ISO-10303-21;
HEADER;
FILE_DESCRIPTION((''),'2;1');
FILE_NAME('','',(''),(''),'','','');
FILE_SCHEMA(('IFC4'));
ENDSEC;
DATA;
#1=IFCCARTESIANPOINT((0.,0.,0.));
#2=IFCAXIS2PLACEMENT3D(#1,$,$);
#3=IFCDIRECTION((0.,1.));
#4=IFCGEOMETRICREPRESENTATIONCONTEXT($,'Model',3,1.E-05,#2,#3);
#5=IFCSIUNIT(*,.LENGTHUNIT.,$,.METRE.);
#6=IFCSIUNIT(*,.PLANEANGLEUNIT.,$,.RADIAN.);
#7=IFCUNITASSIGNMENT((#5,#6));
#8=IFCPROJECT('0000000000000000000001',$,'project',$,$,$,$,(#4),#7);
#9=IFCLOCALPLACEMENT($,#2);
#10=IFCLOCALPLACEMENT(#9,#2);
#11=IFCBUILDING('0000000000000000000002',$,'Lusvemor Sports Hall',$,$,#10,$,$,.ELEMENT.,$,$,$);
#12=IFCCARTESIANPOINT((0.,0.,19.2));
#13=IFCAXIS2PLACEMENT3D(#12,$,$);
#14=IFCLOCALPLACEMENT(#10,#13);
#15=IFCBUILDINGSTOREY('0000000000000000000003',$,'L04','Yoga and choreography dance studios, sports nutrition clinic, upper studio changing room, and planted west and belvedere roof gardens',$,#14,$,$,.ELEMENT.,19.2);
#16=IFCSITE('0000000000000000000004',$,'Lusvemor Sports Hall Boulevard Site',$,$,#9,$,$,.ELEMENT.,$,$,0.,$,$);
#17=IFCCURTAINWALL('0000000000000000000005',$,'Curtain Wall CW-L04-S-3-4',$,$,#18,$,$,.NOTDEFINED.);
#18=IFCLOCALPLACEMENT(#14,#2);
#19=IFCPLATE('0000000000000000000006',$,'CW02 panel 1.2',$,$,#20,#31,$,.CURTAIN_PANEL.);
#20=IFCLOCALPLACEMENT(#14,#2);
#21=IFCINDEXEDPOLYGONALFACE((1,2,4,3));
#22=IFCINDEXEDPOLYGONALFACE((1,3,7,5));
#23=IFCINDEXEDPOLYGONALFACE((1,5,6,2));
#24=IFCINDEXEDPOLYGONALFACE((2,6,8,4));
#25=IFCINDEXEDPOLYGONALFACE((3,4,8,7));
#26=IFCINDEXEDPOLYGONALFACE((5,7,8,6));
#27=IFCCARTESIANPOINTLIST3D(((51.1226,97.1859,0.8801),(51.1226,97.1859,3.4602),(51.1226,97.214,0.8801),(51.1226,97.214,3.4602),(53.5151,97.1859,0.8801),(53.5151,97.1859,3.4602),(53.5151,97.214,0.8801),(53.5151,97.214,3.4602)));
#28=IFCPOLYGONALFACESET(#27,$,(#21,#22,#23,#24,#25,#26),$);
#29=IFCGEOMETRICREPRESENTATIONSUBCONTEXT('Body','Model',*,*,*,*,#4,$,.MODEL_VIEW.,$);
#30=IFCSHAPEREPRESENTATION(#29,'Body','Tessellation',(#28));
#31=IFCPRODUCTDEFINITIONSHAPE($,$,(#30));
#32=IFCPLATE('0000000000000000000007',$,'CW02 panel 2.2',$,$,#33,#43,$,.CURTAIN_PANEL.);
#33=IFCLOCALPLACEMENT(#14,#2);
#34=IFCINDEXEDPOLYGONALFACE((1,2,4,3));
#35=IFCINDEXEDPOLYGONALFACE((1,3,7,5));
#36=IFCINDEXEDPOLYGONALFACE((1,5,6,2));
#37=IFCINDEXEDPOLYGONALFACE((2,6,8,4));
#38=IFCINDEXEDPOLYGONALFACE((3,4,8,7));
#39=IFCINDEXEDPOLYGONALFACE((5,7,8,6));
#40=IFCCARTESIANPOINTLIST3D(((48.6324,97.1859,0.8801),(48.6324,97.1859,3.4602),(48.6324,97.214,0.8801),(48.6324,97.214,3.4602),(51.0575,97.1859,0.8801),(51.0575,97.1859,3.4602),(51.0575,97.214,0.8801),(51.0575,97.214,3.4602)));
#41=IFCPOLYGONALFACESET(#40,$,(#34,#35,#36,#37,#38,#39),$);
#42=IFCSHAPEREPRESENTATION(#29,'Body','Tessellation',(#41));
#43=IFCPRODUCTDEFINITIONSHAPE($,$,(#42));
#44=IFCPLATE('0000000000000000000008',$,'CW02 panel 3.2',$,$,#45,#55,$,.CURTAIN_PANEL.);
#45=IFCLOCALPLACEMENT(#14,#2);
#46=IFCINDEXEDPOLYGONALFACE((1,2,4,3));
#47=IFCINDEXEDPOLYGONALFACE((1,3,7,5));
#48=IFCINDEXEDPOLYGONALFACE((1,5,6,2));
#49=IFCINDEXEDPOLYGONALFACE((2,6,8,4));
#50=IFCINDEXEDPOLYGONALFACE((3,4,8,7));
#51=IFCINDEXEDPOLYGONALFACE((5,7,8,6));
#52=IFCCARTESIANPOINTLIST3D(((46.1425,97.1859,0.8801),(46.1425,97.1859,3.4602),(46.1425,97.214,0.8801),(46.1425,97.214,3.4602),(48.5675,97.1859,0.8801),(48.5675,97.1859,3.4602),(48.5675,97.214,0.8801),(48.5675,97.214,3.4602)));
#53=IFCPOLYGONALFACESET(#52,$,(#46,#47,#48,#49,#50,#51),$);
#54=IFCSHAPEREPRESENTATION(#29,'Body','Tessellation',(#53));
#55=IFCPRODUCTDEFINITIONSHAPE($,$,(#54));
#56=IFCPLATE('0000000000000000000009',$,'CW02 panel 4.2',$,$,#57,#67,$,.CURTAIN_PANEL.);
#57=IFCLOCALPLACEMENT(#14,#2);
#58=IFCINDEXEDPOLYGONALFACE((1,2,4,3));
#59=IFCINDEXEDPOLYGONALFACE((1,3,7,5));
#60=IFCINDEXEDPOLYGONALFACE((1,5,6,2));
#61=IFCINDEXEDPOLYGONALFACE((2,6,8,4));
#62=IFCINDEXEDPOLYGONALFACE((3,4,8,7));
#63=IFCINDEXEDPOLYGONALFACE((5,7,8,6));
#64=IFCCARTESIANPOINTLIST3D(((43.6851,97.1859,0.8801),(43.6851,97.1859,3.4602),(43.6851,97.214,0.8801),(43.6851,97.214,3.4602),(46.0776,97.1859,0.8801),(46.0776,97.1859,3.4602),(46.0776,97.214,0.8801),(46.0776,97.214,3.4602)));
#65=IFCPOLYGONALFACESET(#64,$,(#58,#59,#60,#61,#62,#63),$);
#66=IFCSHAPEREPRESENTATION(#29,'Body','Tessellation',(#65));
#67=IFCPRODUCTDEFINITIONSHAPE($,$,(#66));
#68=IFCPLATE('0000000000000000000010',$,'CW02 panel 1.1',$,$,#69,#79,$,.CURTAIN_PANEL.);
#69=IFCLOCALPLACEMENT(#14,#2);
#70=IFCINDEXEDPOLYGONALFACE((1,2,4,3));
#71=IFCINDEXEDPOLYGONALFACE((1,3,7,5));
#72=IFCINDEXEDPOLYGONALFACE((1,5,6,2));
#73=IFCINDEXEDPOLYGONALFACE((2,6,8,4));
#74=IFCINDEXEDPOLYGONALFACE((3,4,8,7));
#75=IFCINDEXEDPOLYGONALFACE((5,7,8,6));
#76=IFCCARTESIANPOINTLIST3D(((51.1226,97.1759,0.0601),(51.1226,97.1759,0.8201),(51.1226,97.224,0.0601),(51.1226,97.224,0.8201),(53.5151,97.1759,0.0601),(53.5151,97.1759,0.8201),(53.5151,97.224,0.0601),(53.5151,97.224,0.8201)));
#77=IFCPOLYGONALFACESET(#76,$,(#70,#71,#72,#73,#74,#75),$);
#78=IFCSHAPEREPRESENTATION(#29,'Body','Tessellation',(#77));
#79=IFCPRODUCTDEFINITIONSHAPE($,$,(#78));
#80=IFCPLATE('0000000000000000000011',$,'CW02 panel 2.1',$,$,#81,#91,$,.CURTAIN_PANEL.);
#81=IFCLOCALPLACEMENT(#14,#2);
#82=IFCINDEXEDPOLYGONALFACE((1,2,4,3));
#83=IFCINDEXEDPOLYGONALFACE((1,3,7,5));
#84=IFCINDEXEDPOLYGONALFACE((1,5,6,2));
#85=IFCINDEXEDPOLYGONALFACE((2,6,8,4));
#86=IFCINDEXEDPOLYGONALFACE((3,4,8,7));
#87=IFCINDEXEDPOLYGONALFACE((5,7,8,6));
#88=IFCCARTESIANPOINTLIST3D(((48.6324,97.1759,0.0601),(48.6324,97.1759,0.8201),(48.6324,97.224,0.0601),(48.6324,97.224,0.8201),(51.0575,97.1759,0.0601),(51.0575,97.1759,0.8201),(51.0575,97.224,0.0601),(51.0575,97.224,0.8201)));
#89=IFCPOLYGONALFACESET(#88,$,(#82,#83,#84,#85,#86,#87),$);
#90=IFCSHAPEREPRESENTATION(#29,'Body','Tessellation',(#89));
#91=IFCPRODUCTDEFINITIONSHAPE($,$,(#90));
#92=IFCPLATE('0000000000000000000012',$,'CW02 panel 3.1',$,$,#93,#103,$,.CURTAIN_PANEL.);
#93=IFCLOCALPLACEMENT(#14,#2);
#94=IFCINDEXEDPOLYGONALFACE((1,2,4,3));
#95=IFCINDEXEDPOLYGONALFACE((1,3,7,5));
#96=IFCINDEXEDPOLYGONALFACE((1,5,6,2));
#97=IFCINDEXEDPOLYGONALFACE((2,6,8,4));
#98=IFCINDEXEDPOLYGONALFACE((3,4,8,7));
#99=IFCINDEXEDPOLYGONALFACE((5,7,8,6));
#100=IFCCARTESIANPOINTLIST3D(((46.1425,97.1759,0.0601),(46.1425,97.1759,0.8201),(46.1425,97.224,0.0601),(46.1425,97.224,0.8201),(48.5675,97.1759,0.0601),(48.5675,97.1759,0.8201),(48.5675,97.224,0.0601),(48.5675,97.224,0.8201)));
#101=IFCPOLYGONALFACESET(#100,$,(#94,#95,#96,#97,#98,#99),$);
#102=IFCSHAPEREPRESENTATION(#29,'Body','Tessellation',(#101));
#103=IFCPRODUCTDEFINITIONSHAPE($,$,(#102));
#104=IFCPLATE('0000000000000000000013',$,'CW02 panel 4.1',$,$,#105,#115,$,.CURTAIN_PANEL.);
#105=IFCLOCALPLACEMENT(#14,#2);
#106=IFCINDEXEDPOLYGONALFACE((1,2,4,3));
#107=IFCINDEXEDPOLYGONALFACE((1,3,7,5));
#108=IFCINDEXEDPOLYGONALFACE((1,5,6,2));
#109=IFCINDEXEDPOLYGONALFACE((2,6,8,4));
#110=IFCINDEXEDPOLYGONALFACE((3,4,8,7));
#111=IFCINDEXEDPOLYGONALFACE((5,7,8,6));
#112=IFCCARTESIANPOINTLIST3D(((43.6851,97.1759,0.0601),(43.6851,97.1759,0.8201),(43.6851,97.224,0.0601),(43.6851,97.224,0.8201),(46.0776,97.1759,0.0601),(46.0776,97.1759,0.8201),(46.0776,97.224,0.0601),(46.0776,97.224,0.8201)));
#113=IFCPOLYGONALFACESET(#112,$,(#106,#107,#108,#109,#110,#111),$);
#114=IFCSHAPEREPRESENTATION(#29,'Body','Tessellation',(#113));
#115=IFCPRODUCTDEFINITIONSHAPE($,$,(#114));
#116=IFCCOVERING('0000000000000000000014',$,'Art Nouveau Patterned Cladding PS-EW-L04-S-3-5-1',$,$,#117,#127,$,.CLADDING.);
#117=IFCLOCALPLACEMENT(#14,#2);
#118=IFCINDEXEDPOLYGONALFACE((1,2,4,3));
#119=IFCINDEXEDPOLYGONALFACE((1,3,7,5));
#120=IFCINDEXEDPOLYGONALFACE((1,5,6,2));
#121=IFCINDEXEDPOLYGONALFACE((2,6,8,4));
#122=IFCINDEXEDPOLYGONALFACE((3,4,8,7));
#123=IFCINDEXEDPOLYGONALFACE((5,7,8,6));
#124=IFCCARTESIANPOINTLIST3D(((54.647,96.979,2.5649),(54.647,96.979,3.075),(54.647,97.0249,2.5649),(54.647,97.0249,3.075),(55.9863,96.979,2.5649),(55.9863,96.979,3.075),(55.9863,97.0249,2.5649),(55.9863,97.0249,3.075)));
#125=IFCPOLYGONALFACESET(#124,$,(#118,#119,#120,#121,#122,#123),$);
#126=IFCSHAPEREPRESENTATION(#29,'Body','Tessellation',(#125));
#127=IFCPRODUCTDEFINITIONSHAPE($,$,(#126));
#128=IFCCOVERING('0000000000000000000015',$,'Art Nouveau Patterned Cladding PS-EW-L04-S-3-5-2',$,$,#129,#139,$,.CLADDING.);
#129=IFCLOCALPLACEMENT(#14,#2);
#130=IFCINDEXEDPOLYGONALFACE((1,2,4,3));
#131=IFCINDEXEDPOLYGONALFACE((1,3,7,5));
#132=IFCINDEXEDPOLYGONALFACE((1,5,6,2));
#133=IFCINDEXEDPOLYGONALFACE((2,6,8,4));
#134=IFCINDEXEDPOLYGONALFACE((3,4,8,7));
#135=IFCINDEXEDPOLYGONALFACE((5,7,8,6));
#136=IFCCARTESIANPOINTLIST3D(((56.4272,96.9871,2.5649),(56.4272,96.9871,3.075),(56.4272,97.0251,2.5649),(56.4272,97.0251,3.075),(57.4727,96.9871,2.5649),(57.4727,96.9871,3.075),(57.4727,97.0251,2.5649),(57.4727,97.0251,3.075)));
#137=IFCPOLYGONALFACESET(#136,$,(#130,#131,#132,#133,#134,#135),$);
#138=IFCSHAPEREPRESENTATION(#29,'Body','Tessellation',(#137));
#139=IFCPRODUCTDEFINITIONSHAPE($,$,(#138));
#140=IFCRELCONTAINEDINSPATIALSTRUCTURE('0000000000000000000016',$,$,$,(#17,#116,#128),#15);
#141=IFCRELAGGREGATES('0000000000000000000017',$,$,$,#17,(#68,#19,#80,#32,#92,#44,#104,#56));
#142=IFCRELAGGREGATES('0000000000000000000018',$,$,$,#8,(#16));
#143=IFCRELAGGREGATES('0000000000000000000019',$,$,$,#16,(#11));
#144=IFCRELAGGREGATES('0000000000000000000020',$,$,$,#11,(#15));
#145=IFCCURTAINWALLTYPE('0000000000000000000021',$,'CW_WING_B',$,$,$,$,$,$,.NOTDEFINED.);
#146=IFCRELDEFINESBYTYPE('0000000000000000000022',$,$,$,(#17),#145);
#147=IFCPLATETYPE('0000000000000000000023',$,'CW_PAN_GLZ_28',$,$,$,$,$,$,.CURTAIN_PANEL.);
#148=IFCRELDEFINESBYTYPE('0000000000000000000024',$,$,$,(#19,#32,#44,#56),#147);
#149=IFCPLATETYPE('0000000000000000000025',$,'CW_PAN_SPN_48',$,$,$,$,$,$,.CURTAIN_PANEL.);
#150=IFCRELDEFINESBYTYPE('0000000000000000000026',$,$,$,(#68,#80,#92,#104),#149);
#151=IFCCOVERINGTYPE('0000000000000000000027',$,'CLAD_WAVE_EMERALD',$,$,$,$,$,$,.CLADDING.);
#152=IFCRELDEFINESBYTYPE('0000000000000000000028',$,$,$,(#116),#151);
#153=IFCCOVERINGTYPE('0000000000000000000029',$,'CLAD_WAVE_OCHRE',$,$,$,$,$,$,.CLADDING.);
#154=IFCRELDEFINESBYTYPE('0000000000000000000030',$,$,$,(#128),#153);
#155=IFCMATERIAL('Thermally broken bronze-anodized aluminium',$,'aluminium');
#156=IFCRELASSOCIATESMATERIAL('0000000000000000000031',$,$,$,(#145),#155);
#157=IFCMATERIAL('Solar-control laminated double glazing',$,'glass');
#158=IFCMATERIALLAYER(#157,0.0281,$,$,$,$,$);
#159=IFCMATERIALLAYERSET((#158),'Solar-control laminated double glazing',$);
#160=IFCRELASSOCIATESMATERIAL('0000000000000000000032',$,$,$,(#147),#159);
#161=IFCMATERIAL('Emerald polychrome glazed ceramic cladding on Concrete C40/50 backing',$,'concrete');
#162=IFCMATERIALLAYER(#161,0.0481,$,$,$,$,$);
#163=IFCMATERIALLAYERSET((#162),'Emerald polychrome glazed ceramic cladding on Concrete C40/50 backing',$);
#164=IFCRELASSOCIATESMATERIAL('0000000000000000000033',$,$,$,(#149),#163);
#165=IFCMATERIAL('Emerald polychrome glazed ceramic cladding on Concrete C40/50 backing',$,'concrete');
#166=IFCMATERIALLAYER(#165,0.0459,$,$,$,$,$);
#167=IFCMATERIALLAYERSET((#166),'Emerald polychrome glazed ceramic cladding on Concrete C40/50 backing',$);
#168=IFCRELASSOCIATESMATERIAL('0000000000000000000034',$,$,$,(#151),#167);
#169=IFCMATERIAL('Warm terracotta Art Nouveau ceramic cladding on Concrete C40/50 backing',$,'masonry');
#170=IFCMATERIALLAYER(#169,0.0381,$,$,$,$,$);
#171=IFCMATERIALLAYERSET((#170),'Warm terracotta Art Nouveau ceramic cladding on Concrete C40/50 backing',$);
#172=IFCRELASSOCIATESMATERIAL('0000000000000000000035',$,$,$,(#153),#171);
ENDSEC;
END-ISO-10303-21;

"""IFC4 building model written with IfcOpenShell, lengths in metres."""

from ifc_helpers import new_model, si_unit, direction, frame, origin, origin_2d, place, context, subcontext, project, spatial, rectangle, extrude, material, layer, layer_set, type_object, element, aggregate, save


model = new_model("IFC4")

# Units and contexts
model_context = context("Model", 3, precision=1e-05, world=origin(), true_north=direction((0.0, 1.0)))
body_context = subcontext(model_context, "Body", "Model", "MODEL_VIEW")
ifc_project = project(units=[si_unit("LENGTHUNIT", "METRE"), si_unit("PLANEANGLEUNIT", "RADIAN")], contexts=[model_context])

# Site, building, storey
site_placement = place(None, origin())
site = spatial("IfcSite", under=ifc_project, at=site_placement, Name="Lusvemor Sports Hall Boulevard Site", CompositionType="ELEMENT", RefElevation=0.0)
building_placement = place(site_placement, origin())
building = spatial("IfcBuilding", under=site, at=building_placement, Name="Lusvemor Sports Hall", CompositionType="ELEMENT")
storey_placement = place(building_placement, frame((0.0, 0.0, 19.2)))
storey = spatial("IfcBuildingStorey", under=building, at=storey_placement, Name="L04", Description="Yoga and choreography dance studios, sports nutrition clinic, upper studio changing room, and planted west and belvedere roof gardens", CompositionType="ELEMENT", Elevation=19.2)

# Shared definitions
ifc_material_1 = material(Name="Thermally broken bronze-anodized aluminium", Category="aluminium")
curtain_wall_type = type_object("IfcCurtainWallType", Name="CW_WING_B", PredefinedType="NOTDEFINED", material=ifc_material_1)

# Curtain wall
curtain_wall_1_placement = place(storey_placement, origin())
curtain_wall_1 = element("IfcCurtainWall", 1, at=curtain_wall_1_placement, inside=storey, type_object=curtain_wall_type, Name="Curtain Wall CW-L04-S-3-4", PredefinedType="NOTDEFINED")

# Plates
ifc_material_2 = material(Name="Solar-control laminated double glazing", Category="glass")
ifc_layer_1 = layer(ifc_material_2, 0.0281)
ifc_layer_set_1 = layer_set([ifc_layer_1], Name="Solar-control laminated double glazing")
plate_type_1 = type_object("IfcPlateType", Name="CW_PAN_GLZ_28", PredefinedType="CURTAIN_PANEL", material=ifc_layer_set_1)
plate_1_placement = place(storey_placement, frame((52.3188, 97.2, 0.8801), z_axis=(0.0, 0.0, 1.0), x_axis=(-1.0, 0.0, 0.0)))
plate_1 = element("IfcPlate", 2, at=plate_1_placement, type_object=plate_type_1, Name="CW02 panel 1.2", PredefinedType="CURTAIN_PANEL", context=body_context, shape_type="SweptSolid", body=[
    extrude(rectangle(XDim=2.3926, YDim=0.0281, at=origin_2d()), origin(), (0.0, 0.0, 1.0), 2.5801),
])
plate_2_placement = place(storey_placement, frame((49.845, 97.2, 0.8801), z_axis=(0.0, 0.0, 1.0), x_axis=(-1.0, 0.0, 0.0)))
plate_2 = element("IfcPlate", 3, at=plate_2_placement, type_object=plate_type_1, Name="CW02 panel 2.2", PredefinedType="CURTAIN_PANEL", context=body_context, shape_type="SweptSolid", body=[
    extrude(rectangle(XDim=2.425, YDim=0.0281, at=origin_2d()), origin(), (0.0, 0.0, 1.0), 2.5801),
])
plate_3_placement = place(storey_placement, frame((47.355, 97.2, 0.8801), z_axis=(0.0, 0.0, 1.0), x_axis=(-1.0, 0.0, 0.0)))
plate_3 = element("IfcPlate", 4, at=plate_3_placement, type_object=plate_type_1, Name="CW02 panel 3.2", PredefinedType="CURTAIN_PANEL", context=body_context, shape_type="SweptSolid", body=[
    extrude(rectangle(XDim=2.425, YDim=0.0281, at=origin_2d()), origin(), (0.0, 0.0, 1.0), 2.5801),
])
plate_4_placement = place(storey_placement, frame((44.8813, 97.2, 0.8801), z_axis=(0.0, 0.0, 1.0), x_axis=(-1.0, 0.0, 0.0)))
plate_4 = element("IfcPlate", 5, at=plate_4_placement, type_object=plate_type_1, Name="CW02 panel 4.2", PredefinedType="CURTAIN_PANEL", context=body_context, shape_type="SweptSolid", body=[
    extrude(rectangle(XDim=2.3926, YDim=0.0281, at=origin_2d()), origin(), (0.0, 0.0, 1.0), 2.5801),
])
ifc_material_3 = material(Name="Emerald polychrome glazed ceramic cladding on Concrete C40/50 backing", Category="concrete")
ifc_layer_2 = layer(ifc_material_3, 0.0481)
ifc_layer_set_2 = layer_set([ifc_layer_2], Name="Emerald polychrome glazed ceramic cladding on Concrete C40/50 backing")
plate_type_2 = type_object("IfcPlateType", Name="CW_PAN_SPN_48", PredefinedType="CURTAIN_PANEL", material=ifc_layer_set_2)
plate_5_placement = place(storey_placement, frame((52.3188, 97.2, 0.0601), z_axis=(0.0, 0.0, 1.0), x_axis=(-1.0, 0.0, 0.0)))
plate_5 = element("IfcPlate", 6, at=plate_5_placement, type_object=plate_type_2, Name="CW02 panel 1.1", PredefinedType="CURTAIN_PANEL", context=body_context, shape_type="SweptSolid", body=[
    extrude(rectangle(XDim=2.3926, YDim=0.0481, at=origin_2d()), origin(), (0.0, 0.0, 1.0), 0.76),
])
plate_6_placement = place(storey_placement, frame((49.845, 97.2, 0.0601), z_axis=(0.0, 0.0, 1.0), x_axis=(-1.0, 0.0, 0.0)))
plate_6 = element("IfcPlate", 7, at=plate_6_placement, type_object=plate_type_2, Name="CW02 panel 2.1", PredefinedType="CURTAIN_PANEL", context=body_context, shape_type="SweptSolid", body=[
    extrude(rectangle(XDim=2.425, YDim=0.0481, at=origin_2d()), origin(), (0.0, 0.0, 1.0), 0.76),
])
plate_7_placement = place(storey_placement, frame((47.355, 97.2, 0.0601), z_axis=(0.0, 0.0, 1.0), x_axis=(-1.0, 0.0, 0.0)))
plate_7 = element("IfcPlate", 8, at=plate_7_placement, type_object=plate_type_2, Name="CW02 panel 3.1", PredefinedType="CURTAIN_PANEL", context=body_context, shape_type="SweptSolid", body=[
    extrude(rectangle(XDim=2.425, YDim=0.0481, at=origin_2d()), origin(), (0.0, 0.0, 1.0), 0.76),
])
plate_8_placement = place(storey_placement, frame((44.8813, 97.2, 0.0601), z_axis=(0.0, 0.0, 1.0), x_axis=(-1.0, 0.0, 0.0)))
plate_8 = element("IfcPlate", 9, at=plate_8_placement, type_object=plate_type_2, Name="CW02 panel 4.1", PredefinedType="CURTAIN_PANEL", context=body_context, shape_type="SweptSolid", body=[
    extrude(rectangle(XDim=2.3926, YDim=0.0481, at=origin_2d()), origin(), (0.0, 0.0, 1.0), 0.76),
])
aggregate(curtain_wall_1, [plate_5, plate_1, plate_6, plate_2, plate_7, plate_3, plate_8, plate_4])

# Coverings
ifc_material_4 = material(Name="Emerald polychrome glazed ceramic cladding on Concrete C40/50 backing", Category="concrete")
ifc_layer_3 = layer(ifc_material_4, 0.0459)
ifc_layer_set_3 = layer_set([ifc_layer_3], Name="Emerald polychrome glazed ceramic cladding on Concrete C40/50 backing")
covering_type_1 = type_object("IfcCoveringType", Name="CLAD_WAVE_EMERALD", PredefinedType="CLADDING", material=ifc_layer_set_3)
covering_1_placement = place(storey_placement, frame((55.3167, 97.002, 2.5649), z_axis=(0.0, 0.0, 1.0), x_axis=(1.0, 0.0, 0.0)))
element("IfcCovering", 10, at=covering_1_placement, inside=storey, type_object=covering_type_1, Name="Art Nouveau Patterned Cladding PS-EW-L04-S-3-5-1", PredefinedType="CLADDING", context=body_context, shape_type="SweptSolid", body=[
    extrude(rectangle(XDim=1.3394, YDim=0.0459, at=origin_2d()), origin(), (0.0, 0.0, 1.0), 0.51),
])
ifc_material_5 = material(Name="Warm terracotta Art Nouveau ceramic cladding on Concrete C40/50 backing", Category="masonry")
ifc_layer_4 = layer(ifc_material_5, 0.0381)
ifc_layer_set_4 = layer_set([ifc_layer_4], Name="Warm terracotta Art Nouveau ceramic cladding on Concrete C40/50 backing")
covering_type_2 = type_object("IfcCoveringType", Name="CLAD_WAVE_OCHRE", PredefinedType="CLADDING", material=ifc_layer_set_4)
covering_2_placement = place(storey_placement, frame((56.95, 97.0061, 2.5649), z_axis=(0.0, 0.0, 1.0), x_axis=(1.0, 0.0, 0.0)))
element("IfcCovering", 11, at=covering_2_placement, inside=storey, type_object=covering_type_2, Name="Art Nouveau Patterned Cladding PS-EW-L04-S-3-5-2", PredefinedType="CLADDING", context=body_context, shape_type="SweptSolid", body=[
    extrude(rectangle(XDim=1.0454, YDim=0.0381, at=origin_2d()), origin(), (0.0, 0.0, 1.0), 0.51),
])

save(model, "model.ifc")
